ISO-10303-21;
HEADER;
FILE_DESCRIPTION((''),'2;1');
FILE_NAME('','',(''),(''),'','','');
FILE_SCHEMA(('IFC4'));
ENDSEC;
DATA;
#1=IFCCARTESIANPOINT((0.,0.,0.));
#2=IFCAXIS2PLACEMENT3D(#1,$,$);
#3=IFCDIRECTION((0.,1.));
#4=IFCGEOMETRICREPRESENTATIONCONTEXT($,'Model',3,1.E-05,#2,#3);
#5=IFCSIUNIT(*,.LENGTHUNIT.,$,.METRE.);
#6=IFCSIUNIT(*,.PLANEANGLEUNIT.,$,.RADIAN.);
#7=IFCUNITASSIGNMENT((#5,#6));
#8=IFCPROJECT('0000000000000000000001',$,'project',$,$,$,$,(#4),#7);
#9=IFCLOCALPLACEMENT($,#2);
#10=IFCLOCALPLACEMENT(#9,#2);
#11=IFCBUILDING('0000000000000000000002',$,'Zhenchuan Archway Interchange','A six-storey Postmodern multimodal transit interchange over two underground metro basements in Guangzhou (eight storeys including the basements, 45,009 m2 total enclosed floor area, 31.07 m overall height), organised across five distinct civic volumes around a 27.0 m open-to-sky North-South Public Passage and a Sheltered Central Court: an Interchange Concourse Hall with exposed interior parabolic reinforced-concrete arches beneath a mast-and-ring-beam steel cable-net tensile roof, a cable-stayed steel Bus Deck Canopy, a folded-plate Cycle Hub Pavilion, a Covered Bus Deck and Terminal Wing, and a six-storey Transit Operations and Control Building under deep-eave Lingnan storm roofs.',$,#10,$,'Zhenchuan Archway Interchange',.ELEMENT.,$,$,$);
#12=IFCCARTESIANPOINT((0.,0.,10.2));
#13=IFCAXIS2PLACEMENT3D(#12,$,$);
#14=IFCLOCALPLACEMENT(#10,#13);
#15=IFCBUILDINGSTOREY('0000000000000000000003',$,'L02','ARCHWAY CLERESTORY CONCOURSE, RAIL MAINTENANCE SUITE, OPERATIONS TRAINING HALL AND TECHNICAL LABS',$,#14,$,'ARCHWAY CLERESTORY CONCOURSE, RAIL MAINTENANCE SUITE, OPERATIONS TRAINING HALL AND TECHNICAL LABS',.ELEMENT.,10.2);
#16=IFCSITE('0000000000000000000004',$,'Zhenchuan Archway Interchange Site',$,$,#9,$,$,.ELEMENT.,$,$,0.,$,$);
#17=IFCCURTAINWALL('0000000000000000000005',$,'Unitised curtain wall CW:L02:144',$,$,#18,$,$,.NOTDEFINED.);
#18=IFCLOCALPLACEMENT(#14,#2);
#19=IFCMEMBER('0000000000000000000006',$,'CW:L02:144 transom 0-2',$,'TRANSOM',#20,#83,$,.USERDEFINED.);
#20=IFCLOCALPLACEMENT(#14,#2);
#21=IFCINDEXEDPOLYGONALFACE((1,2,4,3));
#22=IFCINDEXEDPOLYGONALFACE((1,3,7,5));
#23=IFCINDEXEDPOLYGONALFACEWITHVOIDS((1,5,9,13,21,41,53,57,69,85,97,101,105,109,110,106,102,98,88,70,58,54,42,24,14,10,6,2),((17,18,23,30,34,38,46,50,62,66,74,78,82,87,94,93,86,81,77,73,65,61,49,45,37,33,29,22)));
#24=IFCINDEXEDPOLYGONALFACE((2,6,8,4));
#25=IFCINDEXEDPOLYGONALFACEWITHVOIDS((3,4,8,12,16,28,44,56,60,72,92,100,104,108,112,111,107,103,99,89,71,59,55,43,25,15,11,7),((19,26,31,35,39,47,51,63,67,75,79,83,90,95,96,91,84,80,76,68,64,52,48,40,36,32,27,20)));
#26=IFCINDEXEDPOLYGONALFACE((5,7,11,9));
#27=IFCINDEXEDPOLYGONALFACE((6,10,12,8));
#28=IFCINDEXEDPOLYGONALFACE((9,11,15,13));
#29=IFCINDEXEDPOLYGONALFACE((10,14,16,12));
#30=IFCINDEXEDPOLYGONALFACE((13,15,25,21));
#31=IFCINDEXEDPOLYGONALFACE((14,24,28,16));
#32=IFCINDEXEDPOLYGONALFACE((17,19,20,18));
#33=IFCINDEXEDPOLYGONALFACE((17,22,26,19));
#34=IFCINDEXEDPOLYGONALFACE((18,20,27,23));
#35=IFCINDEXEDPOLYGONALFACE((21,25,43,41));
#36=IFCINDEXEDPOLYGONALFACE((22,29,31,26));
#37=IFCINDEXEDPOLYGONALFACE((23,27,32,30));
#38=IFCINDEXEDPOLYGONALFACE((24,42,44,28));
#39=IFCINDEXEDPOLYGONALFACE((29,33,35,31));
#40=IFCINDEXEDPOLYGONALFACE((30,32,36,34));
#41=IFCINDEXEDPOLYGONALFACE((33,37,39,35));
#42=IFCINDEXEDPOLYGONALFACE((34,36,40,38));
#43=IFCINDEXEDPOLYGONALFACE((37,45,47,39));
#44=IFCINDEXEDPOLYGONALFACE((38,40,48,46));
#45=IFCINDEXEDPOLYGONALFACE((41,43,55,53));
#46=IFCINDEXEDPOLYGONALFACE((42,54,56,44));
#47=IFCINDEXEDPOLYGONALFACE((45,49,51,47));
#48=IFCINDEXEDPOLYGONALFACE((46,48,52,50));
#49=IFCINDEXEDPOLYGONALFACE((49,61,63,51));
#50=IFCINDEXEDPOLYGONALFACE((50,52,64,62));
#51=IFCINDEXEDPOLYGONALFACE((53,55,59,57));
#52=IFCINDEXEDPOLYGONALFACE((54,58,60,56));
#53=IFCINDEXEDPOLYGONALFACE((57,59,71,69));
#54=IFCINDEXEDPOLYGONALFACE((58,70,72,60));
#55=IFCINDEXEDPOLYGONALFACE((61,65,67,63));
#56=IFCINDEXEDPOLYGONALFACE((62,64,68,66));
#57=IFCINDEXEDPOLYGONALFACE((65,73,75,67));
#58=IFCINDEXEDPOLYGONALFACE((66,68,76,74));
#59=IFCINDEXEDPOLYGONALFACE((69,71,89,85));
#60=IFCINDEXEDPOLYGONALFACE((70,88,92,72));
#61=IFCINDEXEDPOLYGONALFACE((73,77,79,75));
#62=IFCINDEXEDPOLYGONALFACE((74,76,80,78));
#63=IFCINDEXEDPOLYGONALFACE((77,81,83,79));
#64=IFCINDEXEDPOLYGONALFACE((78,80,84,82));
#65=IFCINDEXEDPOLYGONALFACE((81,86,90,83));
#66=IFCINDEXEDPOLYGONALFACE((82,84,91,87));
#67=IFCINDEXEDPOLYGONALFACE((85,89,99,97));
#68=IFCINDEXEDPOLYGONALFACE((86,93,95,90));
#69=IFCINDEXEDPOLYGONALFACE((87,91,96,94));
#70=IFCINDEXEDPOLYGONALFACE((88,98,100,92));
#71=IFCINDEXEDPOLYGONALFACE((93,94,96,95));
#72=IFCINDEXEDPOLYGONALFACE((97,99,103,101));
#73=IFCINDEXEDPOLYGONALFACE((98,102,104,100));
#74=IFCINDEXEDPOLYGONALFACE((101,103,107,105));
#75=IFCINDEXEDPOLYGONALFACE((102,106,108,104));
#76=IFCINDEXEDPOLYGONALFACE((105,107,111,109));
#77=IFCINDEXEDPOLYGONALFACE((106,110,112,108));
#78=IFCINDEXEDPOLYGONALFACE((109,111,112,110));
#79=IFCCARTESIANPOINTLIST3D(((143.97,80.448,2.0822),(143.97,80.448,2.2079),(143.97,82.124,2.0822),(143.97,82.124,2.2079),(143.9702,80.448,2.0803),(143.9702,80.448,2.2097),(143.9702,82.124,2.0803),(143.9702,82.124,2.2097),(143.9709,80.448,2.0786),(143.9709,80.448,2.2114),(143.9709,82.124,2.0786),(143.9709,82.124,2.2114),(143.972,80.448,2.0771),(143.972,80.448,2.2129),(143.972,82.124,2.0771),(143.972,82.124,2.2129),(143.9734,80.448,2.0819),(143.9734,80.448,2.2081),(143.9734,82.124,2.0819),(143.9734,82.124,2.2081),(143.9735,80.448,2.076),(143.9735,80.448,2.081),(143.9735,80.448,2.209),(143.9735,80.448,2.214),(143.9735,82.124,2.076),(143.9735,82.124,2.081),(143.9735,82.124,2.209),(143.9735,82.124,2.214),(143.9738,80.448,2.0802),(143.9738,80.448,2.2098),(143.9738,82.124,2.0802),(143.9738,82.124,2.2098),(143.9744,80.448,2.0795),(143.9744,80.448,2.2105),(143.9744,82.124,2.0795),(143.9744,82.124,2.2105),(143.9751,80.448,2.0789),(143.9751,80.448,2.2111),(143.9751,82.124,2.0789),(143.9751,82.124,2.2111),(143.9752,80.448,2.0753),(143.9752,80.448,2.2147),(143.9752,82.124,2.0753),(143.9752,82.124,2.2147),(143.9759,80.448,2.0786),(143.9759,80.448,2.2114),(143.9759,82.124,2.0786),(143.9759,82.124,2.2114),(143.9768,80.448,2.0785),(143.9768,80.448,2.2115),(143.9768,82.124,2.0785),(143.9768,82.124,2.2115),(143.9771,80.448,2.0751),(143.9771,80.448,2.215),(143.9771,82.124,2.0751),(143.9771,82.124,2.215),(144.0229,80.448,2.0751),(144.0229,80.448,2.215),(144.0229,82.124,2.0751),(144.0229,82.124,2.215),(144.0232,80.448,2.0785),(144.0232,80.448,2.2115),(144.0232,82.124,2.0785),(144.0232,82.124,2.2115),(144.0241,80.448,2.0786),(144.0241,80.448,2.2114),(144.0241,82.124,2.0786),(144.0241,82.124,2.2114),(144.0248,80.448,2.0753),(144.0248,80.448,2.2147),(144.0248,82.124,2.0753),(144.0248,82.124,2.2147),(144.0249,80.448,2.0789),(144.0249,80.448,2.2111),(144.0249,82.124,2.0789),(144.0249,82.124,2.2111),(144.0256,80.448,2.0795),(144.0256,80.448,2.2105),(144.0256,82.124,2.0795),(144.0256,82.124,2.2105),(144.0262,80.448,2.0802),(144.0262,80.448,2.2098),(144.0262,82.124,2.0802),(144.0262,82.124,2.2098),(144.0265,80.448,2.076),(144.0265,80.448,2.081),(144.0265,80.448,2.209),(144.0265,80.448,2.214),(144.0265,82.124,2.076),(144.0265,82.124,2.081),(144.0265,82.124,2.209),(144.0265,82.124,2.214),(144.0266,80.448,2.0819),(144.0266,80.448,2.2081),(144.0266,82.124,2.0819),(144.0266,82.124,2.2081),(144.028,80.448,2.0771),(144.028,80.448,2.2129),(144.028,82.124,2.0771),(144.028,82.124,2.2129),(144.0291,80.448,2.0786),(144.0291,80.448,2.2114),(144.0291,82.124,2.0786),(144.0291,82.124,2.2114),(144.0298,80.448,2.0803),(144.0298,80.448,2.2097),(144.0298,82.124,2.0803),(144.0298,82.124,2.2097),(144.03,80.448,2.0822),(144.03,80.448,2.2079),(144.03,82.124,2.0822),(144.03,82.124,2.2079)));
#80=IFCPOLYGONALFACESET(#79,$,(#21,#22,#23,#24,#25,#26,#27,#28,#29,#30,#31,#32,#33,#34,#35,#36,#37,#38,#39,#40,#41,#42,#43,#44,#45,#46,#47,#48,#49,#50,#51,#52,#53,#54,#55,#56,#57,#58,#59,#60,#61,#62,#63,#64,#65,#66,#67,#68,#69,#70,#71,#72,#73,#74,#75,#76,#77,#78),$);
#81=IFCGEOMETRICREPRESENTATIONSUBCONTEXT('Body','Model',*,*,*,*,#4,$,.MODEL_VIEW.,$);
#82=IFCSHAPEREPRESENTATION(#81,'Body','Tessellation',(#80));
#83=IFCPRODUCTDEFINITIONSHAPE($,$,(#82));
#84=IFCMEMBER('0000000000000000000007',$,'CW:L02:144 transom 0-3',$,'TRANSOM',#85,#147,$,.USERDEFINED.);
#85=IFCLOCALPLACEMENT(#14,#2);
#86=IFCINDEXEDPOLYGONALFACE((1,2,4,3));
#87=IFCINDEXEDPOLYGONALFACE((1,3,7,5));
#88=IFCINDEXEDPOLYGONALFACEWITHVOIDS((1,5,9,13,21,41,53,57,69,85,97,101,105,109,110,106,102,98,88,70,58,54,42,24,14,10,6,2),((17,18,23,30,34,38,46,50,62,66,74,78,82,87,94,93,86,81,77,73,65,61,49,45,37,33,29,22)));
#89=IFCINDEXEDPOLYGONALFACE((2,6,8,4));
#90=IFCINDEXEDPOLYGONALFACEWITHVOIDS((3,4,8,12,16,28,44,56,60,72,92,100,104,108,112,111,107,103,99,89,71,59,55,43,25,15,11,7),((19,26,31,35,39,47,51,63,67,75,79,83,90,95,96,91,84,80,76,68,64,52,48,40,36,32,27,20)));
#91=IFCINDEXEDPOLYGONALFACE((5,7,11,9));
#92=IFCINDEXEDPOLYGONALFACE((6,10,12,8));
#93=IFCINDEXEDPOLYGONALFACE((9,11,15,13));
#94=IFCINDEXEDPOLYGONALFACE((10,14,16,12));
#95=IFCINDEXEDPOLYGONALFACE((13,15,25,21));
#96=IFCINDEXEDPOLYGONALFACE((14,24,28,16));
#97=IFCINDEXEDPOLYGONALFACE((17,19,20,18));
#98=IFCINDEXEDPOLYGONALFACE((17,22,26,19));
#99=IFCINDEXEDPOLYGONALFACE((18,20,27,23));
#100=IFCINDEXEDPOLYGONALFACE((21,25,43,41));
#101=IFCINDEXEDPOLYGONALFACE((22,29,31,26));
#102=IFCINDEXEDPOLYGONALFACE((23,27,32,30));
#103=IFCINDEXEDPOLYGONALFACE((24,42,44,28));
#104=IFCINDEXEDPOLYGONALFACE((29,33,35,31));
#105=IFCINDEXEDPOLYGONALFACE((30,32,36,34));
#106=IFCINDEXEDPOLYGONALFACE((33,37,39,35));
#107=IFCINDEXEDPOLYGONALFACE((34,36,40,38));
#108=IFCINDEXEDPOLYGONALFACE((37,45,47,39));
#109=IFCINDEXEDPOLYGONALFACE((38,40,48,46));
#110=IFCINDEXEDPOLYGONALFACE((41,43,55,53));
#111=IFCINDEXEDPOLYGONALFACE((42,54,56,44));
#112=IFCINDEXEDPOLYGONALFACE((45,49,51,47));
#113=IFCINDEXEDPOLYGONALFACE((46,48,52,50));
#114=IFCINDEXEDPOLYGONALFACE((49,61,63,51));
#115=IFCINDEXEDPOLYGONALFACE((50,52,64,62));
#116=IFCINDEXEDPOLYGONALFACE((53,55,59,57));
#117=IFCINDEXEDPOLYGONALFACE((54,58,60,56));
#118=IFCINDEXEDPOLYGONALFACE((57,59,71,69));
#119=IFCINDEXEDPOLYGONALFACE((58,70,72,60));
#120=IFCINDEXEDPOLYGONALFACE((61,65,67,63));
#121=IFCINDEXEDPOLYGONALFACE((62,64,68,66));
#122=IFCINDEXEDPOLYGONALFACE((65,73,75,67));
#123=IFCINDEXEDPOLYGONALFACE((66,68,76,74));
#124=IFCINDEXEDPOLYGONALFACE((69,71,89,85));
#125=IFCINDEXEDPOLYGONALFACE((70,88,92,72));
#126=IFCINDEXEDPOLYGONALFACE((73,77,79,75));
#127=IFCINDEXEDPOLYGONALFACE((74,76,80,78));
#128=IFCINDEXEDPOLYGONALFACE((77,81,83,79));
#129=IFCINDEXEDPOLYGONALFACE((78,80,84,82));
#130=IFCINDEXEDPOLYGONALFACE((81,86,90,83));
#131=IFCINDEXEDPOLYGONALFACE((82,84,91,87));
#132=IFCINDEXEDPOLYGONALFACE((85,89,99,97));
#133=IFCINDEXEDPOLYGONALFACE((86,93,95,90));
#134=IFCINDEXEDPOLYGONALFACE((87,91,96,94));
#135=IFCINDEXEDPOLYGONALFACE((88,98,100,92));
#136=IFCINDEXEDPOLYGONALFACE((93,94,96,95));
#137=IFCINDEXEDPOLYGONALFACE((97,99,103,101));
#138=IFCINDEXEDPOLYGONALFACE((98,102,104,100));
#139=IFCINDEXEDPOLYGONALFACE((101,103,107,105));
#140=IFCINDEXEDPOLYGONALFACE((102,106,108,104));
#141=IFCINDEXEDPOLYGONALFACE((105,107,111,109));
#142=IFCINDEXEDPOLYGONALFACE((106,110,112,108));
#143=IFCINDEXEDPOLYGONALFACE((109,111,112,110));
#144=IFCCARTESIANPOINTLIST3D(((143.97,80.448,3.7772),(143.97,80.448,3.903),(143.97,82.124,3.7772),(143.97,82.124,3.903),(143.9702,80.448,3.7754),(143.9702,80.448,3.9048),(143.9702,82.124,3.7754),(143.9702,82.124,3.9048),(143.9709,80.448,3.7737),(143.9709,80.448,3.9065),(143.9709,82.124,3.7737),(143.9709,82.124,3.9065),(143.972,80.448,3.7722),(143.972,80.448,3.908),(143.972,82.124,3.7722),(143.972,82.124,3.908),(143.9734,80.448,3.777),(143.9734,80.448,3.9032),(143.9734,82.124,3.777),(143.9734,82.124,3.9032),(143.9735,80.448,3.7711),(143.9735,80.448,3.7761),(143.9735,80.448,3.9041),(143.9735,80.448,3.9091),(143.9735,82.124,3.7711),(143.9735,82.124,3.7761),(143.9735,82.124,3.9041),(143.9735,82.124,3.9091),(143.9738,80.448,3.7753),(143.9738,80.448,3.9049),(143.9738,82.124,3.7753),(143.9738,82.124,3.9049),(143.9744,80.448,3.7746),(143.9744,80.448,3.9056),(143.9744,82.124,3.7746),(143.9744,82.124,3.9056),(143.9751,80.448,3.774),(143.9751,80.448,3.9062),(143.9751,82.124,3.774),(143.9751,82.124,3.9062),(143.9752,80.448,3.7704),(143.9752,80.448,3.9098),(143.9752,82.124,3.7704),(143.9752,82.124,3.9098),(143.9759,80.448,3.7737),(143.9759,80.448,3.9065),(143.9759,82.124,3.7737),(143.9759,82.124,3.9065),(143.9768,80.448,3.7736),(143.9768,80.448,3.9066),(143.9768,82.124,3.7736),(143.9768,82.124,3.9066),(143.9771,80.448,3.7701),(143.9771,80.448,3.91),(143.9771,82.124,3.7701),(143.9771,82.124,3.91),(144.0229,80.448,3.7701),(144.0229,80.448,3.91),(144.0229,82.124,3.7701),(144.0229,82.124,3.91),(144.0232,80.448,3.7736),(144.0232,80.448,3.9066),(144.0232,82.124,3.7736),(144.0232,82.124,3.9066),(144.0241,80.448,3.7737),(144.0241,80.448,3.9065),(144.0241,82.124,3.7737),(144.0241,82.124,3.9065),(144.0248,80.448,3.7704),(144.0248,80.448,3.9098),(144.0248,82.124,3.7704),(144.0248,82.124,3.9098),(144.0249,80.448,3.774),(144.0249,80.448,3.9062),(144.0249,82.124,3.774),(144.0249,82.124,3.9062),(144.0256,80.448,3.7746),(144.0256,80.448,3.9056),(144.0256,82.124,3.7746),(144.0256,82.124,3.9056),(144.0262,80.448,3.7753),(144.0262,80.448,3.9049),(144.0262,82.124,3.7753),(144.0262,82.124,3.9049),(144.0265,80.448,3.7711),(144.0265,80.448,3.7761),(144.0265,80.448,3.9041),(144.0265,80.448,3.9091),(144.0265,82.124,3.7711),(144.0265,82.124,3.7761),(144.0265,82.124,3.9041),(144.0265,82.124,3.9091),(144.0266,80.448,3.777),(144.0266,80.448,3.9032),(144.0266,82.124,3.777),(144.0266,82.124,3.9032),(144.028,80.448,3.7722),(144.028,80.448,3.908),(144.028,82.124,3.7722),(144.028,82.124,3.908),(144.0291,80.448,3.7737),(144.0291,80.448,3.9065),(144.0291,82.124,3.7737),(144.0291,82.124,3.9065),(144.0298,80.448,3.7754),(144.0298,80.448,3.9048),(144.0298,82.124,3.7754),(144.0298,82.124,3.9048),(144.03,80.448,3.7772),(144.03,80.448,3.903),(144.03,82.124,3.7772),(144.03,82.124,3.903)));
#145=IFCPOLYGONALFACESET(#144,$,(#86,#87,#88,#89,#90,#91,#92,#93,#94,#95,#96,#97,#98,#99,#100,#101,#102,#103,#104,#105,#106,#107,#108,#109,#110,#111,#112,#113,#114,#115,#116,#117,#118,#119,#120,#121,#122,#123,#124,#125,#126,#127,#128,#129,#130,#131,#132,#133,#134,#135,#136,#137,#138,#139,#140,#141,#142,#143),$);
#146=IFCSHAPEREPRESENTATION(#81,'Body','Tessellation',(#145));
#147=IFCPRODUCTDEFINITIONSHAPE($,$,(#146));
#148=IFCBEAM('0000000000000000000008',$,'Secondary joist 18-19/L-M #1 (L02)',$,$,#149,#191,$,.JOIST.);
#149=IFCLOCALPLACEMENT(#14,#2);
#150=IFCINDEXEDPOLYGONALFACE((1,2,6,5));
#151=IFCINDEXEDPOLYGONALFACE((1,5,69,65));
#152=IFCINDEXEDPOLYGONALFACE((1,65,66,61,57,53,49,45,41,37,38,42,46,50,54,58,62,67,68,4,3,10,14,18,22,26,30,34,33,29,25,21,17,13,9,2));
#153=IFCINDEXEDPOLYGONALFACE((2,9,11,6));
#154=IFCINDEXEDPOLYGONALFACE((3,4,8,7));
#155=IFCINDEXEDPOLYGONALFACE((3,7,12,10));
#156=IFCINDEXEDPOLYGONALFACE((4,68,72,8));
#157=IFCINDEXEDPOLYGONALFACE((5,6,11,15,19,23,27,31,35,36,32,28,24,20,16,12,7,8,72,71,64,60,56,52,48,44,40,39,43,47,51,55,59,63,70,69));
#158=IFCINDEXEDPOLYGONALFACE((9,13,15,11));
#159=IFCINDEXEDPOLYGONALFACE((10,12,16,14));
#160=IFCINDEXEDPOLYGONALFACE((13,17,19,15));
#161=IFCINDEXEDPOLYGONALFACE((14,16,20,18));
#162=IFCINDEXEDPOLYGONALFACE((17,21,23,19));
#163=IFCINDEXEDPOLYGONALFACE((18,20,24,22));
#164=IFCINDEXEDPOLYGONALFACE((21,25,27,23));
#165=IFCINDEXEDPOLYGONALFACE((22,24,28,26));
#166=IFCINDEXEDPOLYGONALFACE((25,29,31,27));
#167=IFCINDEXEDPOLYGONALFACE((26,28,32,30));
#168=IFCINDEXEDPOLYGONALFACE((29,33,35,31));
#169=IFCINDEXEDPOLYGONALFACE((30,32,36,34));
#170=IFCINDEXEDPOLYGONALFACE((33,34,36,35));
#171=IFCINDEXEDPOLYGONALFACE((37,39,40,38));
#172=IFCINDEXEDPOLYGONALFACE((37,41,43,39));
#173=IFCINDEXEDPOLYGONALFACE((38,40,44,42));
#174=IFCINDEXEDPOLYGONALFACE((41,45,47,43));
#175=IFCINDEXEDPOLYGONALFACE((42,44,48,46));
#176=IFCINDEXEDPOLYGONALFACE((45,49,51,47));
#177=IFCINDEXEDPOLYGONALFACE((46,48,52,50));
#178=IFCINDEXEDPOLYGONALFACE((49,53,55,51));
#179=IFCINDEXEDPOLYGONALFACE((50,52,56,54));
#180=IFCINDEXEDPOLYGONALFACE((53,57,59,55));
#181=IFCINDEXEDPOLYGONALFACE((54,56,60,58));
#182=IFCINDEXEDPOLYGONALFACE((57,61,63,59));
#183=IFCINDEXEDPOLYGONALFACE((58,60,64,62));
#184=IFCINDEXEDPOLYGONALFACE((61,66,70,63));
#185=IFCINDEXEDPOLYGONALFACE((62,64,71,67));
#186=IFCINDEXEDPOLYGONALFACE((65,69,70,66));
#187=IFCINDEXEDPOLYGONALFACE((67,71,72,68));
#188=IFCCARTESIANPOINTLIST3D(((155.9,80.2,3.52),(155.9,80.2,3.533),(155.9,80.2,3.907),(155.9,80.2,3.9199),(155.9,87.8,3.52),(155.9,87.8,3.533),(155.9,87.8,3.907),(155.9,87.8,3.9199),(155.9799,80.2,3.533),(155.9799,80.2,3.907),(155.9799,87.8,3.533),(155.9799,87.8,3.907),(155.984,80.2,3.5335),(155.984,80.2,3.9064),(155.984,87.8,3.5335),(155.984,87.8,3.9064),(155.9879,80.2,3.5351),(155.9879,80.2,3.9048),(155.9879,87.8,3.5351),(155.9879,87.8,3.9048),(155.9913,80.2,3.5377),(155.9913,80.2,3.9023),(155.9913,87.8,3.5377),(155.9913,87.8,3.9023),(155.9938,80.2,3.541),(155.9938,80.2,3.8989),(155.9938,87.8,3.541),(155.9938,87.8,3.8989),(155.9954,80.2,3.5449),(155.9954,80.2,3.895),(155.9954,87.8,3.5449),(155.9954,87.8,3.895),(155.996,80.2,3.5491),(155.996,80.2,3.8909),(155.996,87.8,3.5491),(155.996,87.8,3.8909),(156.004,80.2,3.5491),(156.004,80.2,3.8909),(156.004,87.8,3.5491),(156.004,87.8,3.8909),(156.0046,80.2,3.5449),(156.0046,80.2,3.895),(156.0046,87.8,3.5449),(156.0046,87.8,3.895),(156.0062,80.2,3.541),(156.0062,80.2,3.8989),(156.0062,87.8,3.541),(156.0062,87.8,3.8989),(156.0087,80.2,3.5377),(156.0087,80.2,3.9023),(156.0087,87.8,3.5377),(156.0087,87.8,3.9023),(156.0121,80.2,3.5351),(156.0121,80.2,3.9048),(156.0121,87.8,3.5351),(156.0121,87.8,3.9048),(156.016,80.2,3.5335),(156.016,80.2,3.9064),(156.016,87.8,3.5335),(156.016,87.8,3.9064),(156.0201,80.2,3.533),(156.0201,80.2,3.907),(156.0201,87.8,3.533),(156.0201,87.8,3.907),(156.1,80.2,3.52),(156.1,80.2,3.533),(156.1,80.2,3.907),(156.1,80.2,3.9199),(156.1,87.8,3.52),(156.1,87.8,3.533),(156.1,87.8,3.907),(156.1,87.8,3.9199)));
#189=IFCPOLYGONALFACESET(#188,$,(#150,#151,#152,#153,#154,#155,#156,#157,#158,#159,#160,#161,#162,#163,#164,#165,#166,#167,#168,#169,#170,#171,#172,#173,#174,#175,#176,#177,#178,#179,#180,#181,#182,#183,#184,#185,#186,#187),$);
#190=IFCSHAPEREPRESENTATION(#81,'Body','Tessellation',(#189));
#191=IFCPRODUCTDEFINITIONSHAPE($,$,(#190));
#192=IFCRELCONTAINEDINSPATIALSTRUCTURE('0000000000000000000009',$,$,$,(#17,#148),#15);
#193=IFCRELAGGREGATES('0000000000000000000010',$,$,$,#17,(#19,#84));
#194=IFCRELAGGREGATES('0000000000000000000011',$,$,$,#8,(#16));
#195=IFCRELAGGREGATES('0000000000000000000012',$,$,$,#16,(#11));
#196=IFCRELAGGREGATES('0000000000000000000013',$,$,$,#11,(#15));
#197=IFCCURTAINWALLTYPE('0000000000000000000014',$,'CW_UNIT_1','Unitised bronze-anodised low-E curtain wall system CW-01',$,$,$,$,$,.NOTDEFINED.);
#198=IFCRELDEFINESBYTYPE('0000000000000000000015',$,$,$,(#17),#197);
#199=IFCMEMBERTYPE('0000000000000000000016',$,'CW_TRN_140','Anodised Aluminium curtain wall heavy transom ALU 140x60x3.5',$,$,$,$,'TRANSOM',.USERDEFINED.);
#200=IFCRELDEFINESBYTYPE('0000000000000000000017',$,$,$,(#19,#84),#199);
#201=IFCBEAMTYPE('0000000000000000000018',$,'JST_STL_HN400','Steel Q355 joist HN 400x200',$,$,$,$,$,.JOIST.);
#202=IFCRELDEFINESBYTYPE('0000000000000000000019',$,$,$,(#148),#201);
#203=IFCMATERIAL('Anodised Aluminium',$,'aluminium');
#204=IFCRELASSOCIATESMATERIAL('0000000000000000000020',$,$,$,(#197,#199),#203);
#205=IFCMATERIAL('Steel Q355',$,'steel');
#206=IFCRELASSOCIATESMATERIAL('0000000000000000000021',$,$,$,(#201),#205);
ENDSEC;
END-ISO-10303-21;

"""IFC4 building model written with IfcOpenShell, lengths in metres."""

from ifc_helpers import new_model, si_unit, direction, frame, origin, origin_2d, place, context, subcontext, project, spatial, hollow_rectangle, i_section, extrude, material, material_profile, profile_set, type_object, element, aggregate, save


model = new_model("IFC4")

# Units and contexts
model_context = context("Model", 3, precision=1e-05, world=origin(), true_north=direction((0.0, 1.0)))
body_context = subcontext(model_context, "Body", "Model", "MODEL_VIEW")
ifc_project = project(units=[si_unit("LENGTHUNIT", "METRE"), si_unit("PLANEANGLEUNIT", "RADIAN")], contexts=[model_context])

# Site, building, storey
site_placement = place(None, origin())
site = spatial("IfcSite", under=ifc_project, at=site_placement, Name="Zhenchuan Archway Interchange Site", CompositionType="ELEMENT", RefElevation=0.0)
building_placement = place(site_placement, origin())
building = spatial("IfcBuilding", under=site, at=building_placement, Name="Zhenchuan Archway Interchange", Description="A six-storey Postmodern multimodal transit interchange over two underground metro basements in Guangzhou (eight storeys including the basements, 45,009 m2 total enclosed floor area, 31.07 m overall height), organised across five distinct civic volumes around a 27.0 m open-to-sky North-South Public Passage and a Sheltered Central Court: an Interchange Concourse Hall with exposed interior parabolic reinforced-concrete arches beneath a mast-and-ring-beam steel cable-net tensile roof, a cable-stayed steel Bus Deck Canopy, a folded-plate Cycle Hub Pavilion, a Covered Bus Deck and Terminal Wing, and a six-storey Transit Operations and Control Building under deep-eave Lingnan storm roofs.", LongName="Zhenchuan Archway Interchange", CompositionType="ELEMENT")
storey_placement = place(building_placement, frame((0.0, 0.0, 10.2)))
storey = spatial("IfcBuildingStorey", under=building, at=storey_placement, Name="L02", Description="ARCHWAY CLERESTORY CONCOURSE, RAIL MAINTENANCE SUITE, OPERATIONS TRAINING HALL AND TECHNICAL LABS", LongName="ARCHWAY CLERESTORY CONCOURSE, RAIL MAINTENANCE SUITE, OPERATIONS TRAINING HALL AND TECHNICAL LABS", CompositionType="ELEMENT", Elevation=10.2)

# Curtain wall, members
ifc_material_1 = material(Name="Anodised Aluminium", Category="aluminium")
curtain_wall_type = type_object("IfcCurtainWallType", Name="CW_UNIT_1", Description="Unitised bronze-anodised low-E curtain wall system CW-01", PredefinedType="NOTDEFINED", material=ifc_material_1)
curtain_wall_placement = place(storey_placement, origin())
curtain_wall = element("IfcCurtainWall", 1, at=curtain_wall_placement, inside=storey, type_object=curtain_wall_type, Name="Unitised curtain wall CW:L02:144", PredefinedType="NOTDEFINED")
ifc_material_profile_1 = material_profile(ifc_material_1, hollow_rectangle(XDim=0.0601, YDim=0.1399, WallThickness=0.0034, InnerFilletRadius=0.0034, OuterFilletRadius=0.0071, at=origin_2d()), Name="ALU 140x60x3.5")
ifc_profile_set_1 = profile_set([ifc_material_profile_1], Name="Anodised Aluminium")
member_type_1 = type_object("IfcMemberType", Name="CW_TRN_140", Description="Anodised Aluminium curtain wall heavy transom ALU 140x60x3.5", ElementType="TRANSOM", PredefinedType="USERDEFINED", material=ifc_profile_set_1)
member_1_placement = place(storey_placement, frame((144.0, 80.448, 2.145), z_axis=(0.0, 1.0, 0.0), x_axis=(-1.0, 0.0, 0.0)))
member_1 = element("IfcMember", 2, at=member_1_placement, type_object=member_type_1, Name="CW:L02:144 transom 0-2", ObjectType="TRANSOM", PredefinedType="USERDEFINED", context=body_context, shape_type="SweptSolid", body=[
    extrude(hollow_rectangle(XDim=0.0601, YDim=0.1399, WallThickness=0.0034, InnerFilletRadius=0.0034, OuterFilletRadius=0.0071, at=origin_2d()), origin(), (0.0, 0.0, 1.0), 1.676),
])
member_2_placement = place(storey_placement, frame((144.0, 80.448, 3.8401), z_axis=(0.0, 1.0, 0.0), x_axis=(-1.0, 0.0, 0.0)))
member_2 = element("IfcMember", 3, at=member_2_placement, type_object=member_type_1, Name="CW:L02:144 transom 0-3", ObjectType="TRANSOM", PredefinedType="USERDEFINED", context=body_context, shape_type="SweptSolid", body=[
    extrude(hollow_rectangle(XDim=0.0601, YDim=0.1399, WallThickness=0.0034, InnerFilletRadius=0.0034, OuterFilletRadius=0.0071, at=origin_2d()), origin(), (0.0, 0.0, 1.0), 1.676),
])

# Beam
ifc_material_2 = material(Name="Steel Q355", Category="steel")
ifc_material_profile_2 = material_profile(ifc_material_2, i_section(OverallWidth=0.2, OverallDepth=0.3999, WebThickness=0.0081, FlangeThickness=0.0129, FilletRadius=0.0161, at=origin_2d()), Name="HN 400x200")
ifc_profile_set_2 = profile_set([ifc_material_profile_2], Name="Steel Q355")
beam_type_1 = type_object("IfcBeamType", Name="JST_STL_HN400", Description="Steel Q355 joist HN 400x200", PredefinedType="JOIST", material=ifc_profile_set_2)
beam_placement = place(storey_placement, frame((156.0, 80.2, 3.72), z_axis=(0.0, 1.0, 0.0), x_axis=(-1.0, 0.0, 0.0)))
element("IfcBeam", 4, at=beam_placement, inside=storey, type_object=beam_type_1, Name="Secondary joist 18-19/L-M #1 (L02)", PredefinedType="JOIST", context=body_context, shape_type="SweptSolid", body=[
    extrude(i_section(OverallWidth=0.2, OverallDepth=0.3999, WebThickness=0.0081, FlangeThickness=0.0129, FilletRadius=0.0161, at=origin_2d()), origin(), (0.0, 0.0, 1.0), 7.6001),
])

aggregate(curtain_wall, [member_1, member_2])

save(model, "model.ifc")
